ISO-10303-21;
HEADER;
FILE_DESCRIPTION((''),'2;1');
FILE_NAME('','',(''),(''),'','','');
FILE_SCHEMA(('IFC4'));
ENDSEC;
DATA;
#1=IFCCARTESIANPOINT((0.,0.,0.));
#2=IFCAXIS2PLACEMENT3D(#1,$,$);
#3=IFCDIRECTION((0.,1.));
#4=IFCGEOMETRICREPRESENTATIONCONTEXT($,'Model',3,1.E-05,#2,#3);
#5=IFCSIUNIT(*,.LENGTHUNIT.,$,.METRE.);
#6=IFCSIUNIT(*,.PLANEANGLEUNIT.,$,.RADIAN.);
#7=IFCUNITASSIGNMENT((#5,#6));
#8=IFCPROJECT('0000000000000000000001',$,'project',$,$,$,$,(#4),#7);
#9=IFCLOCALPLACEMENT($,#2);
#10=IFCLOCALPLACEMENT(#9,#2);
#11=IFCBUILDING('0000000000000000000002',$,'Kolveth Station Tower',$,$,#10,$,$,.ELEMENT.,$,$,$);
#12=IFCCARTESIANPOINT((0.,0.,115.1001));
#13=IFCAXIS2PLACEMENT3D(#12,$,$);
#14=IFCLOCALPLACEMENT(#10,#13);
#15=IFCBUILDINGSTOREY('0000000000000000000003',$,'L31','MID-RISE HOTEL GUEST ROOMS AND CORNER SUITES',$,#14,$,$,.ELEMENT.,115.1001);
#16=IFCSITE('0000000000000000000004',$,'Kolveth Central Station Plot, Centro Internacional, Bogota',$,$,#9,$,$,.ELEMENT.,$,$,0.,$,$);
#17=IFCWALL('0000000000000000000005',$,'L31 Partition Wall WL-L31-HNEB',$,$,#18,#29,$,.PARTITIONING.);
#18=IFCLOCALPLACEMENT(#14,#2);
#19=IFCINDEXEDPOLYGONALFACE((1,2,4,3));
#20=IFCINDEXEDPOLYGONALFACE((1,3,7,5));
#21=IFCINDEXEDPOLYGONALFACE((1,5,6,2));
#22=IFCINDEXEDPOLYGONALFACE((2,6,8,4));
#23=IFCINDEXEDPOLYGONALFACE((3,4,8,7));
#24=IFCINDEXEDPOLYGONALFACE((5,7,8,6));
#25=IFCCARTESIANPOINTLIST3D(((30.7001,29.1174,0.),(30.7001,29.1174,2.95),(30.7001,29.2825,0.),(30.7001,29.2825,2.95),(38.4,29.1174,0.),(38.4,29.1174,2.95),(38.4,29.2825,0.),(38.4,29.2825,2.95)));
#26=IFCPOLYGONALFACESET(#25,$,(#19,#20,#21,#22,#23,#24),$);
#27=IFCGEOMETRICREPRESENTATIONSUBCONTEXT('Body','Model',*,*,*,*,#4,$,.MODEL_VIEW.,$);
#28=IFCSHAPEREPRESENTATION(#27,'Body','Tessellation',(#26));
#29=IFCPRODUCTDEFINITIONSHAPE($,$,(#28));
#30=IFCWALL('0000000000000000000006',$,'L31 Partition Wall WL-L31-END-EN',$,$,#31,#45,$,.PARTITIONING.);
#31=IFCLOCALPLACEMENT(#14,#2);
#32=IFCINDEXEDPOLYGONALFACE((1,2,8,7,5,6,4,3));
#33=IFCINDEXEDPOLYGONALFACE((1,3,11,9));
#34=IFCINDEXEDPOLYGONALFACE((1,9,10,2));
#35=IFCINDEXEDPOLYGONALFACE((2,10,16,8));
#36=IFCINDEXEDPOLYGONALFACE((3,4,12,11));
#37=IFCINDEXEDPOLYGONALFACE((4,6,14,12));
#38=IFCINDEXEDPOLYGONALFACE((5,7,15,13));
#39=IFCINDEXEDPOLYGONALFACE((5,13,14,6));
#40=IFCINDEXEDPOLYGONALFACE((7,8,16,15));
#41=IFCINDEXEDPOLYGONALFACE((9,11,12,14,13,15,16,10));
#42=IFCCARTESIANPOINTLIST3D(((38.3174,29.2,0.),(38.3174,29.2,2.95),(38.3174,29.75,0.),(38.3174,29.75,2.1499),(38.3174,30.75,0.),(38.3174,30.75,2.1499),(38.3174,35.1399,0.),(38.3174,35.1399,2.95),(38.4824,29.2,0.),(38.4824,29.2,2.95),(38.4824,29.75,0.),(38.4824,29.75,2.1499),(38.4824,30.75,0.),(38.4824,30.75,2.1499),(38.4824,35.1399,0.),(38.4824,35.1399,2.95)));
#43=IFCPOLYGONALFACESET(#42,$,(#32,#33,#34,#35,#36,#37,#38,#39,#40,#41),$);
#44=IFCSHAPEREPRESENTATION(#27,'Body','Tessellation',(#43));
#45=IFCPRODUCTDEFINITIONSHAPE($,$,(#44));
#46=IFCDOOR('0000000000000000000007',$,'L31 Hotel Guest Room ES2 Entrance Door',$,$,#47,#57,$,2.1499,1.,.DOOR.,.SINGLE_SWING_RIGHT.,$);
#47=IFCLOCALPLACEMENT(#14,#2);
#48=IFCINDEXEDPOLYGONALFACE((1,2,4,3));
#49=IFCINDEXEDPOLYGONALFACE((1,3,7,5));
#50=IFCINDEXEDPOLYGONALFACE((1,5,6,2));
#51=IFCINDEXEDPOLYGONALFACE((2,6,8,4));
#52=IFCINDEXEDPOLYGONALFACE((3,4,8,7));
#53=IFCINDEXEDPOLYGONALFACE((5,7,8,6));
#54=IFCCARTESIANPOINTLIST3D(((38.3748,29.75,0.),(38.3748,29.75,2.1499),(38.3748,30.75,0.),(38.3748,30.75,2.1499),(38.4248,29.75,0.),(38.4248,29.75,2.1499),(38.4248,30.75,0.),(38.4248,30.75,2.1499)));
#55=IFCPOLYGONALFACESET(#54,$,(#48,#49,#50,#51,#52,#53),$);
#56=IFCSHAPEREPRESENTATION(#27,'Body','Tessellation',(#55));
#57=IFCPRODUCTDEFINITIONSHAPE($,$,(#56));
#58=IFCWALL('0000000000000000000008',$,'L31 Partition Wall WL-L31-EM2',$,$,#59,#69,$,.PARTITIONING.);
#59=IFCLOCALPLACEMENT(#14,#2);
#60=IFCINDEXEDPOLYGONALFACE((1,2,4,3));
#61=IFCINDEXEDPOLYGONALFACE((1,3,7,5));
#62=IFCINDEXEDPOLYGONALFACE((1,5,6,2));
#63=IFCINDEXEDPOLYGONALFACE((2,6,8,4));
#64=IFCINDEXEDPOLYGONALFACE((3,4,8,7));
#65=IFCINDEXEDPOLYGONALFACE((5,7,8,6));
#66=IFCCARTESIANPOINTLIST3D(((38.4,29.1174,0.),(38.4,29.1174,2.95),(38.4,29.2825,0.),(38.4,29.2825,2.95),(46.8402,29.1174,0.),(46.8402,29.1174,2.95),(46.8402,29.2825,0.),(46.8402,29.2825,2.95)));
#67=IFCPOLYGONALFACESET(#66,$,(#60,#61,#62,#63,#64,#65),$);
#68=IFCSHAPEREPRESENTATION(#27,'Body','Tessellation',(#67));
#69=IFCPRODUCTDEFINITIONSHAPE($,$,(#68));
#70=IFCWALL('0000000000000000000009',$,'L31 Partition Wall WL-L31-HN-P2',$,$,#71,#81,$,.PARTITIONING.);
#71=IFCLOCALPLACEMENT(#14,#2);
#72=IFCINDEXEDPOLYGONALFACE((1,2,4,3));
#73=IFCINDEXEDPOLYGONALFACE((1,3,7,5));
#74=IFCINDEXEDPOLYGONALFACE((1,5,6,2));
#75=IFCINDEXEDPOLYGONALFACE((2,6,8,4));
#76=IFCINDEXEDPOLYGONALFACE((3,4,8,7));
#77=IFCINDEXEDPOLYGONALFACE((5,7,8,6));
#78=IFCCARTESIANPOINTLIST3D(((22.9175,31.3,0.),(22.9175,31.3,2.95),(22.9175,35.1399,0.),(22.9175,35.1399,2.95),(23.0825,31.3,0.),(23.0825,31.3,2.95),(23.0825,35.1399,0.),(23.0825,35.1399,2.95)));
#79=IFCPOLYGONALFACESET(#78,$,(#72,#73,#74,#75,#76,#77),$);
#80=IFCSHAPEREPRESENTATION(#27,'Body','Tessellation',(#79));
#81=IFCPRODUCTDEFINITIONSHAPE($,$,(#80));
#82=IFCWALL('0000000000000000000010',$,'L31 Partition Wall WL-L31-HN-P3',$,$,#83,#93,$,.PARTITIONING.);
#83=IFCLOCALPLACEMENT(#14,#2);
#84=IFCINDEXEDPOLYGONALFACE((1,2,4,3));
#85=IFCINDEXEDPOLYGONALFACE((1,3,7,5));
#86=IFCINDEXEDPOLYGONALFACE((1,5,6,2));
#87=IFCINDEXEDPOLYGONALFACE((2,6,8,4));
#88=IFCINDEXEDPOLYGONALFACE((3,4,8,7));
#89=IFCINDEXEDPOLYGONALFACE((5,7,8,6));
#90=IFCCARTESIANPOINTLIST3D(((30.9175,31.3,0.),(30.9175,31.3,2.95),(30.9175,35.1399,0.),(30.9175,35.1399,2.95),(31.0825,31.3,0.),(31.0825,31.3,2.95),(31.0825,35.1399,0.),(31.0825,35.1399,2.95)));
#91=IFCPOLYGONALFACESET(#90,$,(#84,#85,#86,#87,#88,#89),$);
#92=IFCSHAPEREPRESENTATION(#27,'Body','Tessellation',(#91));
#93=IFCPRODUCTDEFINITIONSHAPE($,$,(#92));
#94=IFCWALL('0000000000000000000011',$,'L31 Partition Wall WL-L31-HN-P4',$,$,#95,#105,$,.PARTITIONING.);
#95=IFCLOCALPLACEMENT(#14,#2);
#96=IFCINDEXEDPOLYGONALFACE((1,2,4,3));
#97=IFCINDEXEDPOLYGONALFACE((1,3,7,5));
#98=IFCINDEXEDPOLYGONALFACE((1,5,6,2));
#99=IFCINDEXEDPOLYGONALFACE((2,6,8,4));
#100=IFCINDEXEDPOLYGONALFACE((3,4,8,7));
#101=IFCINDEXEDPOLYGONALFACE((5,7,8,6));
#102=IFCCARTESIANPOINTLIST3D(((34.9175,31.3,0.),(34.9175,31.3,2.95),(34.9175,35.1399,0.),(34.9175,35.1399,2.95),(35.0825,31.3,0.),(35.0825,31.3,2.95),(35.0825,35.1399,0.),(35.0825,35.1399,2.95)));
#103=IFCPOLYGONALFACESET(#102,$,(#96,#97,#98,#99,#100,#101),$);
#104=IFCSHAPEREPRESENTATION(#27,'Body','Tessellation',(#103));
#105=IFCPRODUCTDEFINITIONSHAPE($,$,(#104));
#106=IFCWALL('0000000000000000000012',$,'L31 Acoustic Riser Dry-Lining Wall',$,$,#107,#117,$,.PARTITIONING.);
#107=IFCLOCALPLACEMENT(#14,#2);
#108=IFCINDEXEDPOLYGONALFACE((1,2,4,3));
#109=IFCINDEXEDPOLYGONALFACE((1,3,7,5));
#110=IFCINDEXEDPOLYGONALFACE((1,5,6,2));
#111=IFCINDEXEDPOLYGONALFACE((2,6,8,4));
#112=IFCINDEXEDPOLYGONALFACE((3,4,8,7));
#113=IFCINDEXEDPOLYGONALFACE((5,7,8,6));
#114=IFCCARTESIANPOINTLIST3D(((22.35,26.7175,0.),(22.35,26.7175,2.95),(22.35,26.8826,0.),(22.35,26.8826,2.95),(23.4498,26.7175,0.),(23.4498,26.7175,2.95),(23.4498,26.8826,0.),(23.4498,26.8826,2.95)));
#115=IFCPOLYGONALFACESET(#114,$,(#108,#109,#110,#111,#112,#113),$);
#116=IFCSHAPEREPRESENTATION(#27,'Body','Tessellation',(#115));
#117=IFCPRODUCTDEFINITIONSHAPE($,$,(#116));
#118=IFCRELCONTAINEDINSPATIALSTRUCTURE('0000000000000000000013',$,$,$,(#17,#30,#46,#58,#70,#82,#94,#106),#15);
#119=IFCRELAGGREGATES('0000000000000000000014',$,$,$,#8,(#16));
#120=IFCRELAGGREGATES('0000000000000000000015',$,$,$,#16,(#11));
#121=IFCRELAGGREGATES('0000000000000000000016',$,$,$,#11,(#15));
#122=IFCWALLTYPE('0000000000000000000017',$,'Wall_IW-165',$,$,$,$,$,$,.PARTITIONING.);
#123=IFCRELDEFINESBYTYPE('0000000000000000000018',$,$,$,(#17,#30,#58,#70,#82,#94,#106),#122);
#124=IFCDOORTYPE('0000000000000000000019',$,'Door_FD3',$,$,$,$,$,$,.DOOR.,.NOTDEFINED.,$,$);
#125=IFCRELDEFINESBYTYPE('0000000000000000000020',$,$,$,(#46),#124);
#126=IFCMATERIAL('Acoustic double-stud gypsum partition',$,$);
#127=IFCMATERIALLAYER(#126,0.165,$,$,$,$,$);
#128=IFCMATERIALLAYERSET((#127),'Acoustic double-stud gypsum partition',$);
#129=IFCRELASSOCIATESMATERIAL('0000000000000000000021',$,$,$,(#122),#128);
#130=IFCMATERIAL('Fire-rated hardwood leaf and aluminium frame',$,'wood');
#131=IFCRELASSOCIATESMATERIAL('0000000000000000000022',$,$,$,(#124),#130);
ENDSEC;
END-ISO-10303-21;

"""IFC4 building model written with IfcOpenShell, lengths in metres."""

from ifc_helpers import new_model, si_unit, direction, frame, frame_2d, origin, place, context, subcontext, project, spatial, rectangle, extrude, material, layer, layer_set, type_object, element, fill, save


model = new_model("IFC4")

# Units and contexts
model_context = context("Model", 3, precision=1e-05, world=origin(), true_north=direction((0.0, 1.0)))
body_context = subcontext(model_context, "Body", "Model", "MODEL_VIEW")
ifc_project = project(units=[si_unit("LENGTHUNIT", "METRE"), si_unit("PLANEANGLEUNIT", "RADIAN")], contexts=[model_context])

# Site, building, storey
site_placement = place(None, origin())
site = spatial("IfcSite", under=ifc_project, at=site_placement, Name="Kolveth Central Station Plot, Centro Internacional, Bogota", CompositionType="ELEMENT", RefElevation=0.0)
building_placement = place(site_placement, origin())
building = spatial("IfcBuilding", under=site, at=building_placement, Name="Kolveth Station Tower", CompositionType="ELEMENT")
storey_placement = place(building_placement, frame((0.0, 0.0, 115.1001)))
storey = spatial("IfcBuildingStorey", under=building, at=storey_placement, Name="L31", Description="MID-RISE HOTEL GUEST ROOMS AND CORNER SUITES", CompositionType="ELEMENT", Elevation=115.1001)

# Wall
ifc_material_1 = material(Name="Acoustic double-stud gypsum partition")
ifc_layer_1 = layer(ifc_material_1, 0.165)
ifc_layer_set_1 = layer_set([ifc_layer_1], Name="Acoustic double-stud gypsum partition")
wall_type = type_object("IfcWallType", Name="Wall_IW-165", PredefinedType="PARTITIONING", material=ifc_layer_set_1)
wall_1_placement = place(storey_placement, frame((30.7, 29.2, 0.0), z_axis=(0.0, 0.0, 1.0), x_axis=(1.0, 0.0, 0.0)))
element("IfcWall", 1, at=wall_1_placement, inside=storey, type_object=wall_type, Name="L31 Partition Wall WL-L31-HNEB", PredefinedType="PARTITIONING", context=body_context, shape_type="SweptSolid", body=[
    extrude(rectangle(XDim=7.7, YDim=0.165, at=frame_2d((3.8501, 0.0))), origin(), (0.0, 0.0, 1.0), 2.95),
])

# Wall, opening, door
wall_2_placement = place(storey_placement, frame((38.3999, 29.2, 0.0), z_axis=(0.0, 0.0, 1.0), x_axis=(0.0, 1.0, 0.0)))
wall_2 = element("IfcWall", 2, at=wall_2_placement, inside=storey, type_object=wall_type, Name="L31 Partition Wall WL-L31-END-EN", PredefinedType="PARTITIONING", context=body_context, shape_type="SweptSolid", body=[
    extrude(rectangle(XDim=5.9399, YDim=0.165, at=frame_2d((2.97, 0.0))), origin(), (0.0, 0.0, 1.0), 2.95),
])
opening_placement = place(wall_2_placement, frame((0.55, 0.0, 0.0)))
opening = element("IfcOpeningElement", 3, at=opening_placement, cuts=wall_2, PredefinedType="OPENING", context=body_context, shape_type="SweptSolid", body=[
    extrude(rectangle(XDim=1.0, YDim=2.1499, at=frame_2d((0.5, 1.075))), frame((0.0, 0.0925, 0.0), z_axis=(0.0, -1.0, 0.0), x_axis=(1.0, 0.0, 0.0)), (0.0, 0.0, 1.0), 0.1851),
])
ifc_material_2 = material(Name="Fire-rated hardwood leaf and aluminium frame", Category="wood")
door_type = type_object("IfcDoorType", Name="Door_FD3", OperationType="NOTDEFINED", PredefinedType="DOOR", material=ifc_material_2)
door_placement = place(opening_placement, frame((1.0, 0.0, 0.0), z_axis=(0.0, 0.0, 1.0), x_axis=(-1.0, 0.0, 0.0)))
door = element("IfcDoor", 4, at=door_placement, inside=storey, type_object=door_type, Name="L31 Hotel Guest Room ES2 Entrance Door", OperationType="SINGLE_SWING_RIGHT", OverallHeight=2.1499, OverallWidth=1.0, PredefinedType="DOOR", context=body_context, shape_type="SweptSolid", body=[
    extrude(rectangle(XDim=1.0, YDim=2.1499, at=frame_2d((0.5, 1.075))), frame((0.0, 0.0249, 0.0), z_axis=(0.0, -1.0, 0.0), x_axis=(1.0, 0.0, 0.0)), (0.0, 0.0, 1.0), 0.05),
])
fill(opening, door)

# Walls
wall_3_placement = place(storey_placement, frame((38.3999, 29.2, 0.0), z_axis=(0.0, 0.0, 1.0), x_axis=(1.0, 0.0, 0.0)))
element("IfcWall", 5, at=wall_3_placement, inside=storey, type_object=wall_type, Name="L31 Partition Wall WL-L31-EM2", PredefinedType="PARTITIONING", context=body_context, shape_type="SweptSolid", body=[
    extrude(rectangle(XDim=8.4402, YDim=0.165, at=frame_2d((4.2202, 0.0))), origin(), (0.0, 0.0, 1.0), 2.95),
])
for number, where, z_axis, x_axis, name in (
    (6, (23.0, 31.3, 0.0), (0.0, 0.0, 1.0), (0.0, 1.0, 0.0), "L31 Partition Wall WL-L31-HN-P2"),
    (7, (31.0, 31.3, 0.0), (0.0, 0.0, 1.0), (0.0, 1.0, 0.0), "L31 Partition Wall WL-L31-HN-P3"),
    (8, (35.0, 31.3, 0.0), (0.0, 0.0, 1.0), (0.0, 1.0, 0.0), "L31 Partition Wall WL-L31-HN-P4"),
):
    element("IfcWall", number, at=place(storey_placement, frame(where, z_axis=z_axis, x_axis=x_axis)), inside=storey, type_object=wall_type, Name=name, PredefinedType="PARTITIONING", context=body_context, shape_type="SweptSolid", body=[
        extrude(rectangle(XDim=3.8398, YDim=0.165, at=frame_2d((1.9199, 0.0))), origin(), (0.0, 0.0, 1.0), 2.95),
    ])
wall_4_placement = place(storey_placement, frame((22.3501, 26.8, 0.0), z_axis=(0.0, 0.0, 1.0), x_axis=(1.0, 0.0, 0.0)))
element("IfcWall", 9, at=wall_4_placement, inside=storey, type_object=wall_type, Name="L31 Acoustic Riser Dry-Lining Wall", PredefinedType="PARTITIONING", context=body_context, shape_type="SweptSolid", body=[
    extrude(rectangle(XDim=1.0999, YDim=0.165, at=frame_2d((0.5498, 0.0))), origin(), (0.0, 0.0, 1.0), 2.95),
])

save(model, "model.ifc")
